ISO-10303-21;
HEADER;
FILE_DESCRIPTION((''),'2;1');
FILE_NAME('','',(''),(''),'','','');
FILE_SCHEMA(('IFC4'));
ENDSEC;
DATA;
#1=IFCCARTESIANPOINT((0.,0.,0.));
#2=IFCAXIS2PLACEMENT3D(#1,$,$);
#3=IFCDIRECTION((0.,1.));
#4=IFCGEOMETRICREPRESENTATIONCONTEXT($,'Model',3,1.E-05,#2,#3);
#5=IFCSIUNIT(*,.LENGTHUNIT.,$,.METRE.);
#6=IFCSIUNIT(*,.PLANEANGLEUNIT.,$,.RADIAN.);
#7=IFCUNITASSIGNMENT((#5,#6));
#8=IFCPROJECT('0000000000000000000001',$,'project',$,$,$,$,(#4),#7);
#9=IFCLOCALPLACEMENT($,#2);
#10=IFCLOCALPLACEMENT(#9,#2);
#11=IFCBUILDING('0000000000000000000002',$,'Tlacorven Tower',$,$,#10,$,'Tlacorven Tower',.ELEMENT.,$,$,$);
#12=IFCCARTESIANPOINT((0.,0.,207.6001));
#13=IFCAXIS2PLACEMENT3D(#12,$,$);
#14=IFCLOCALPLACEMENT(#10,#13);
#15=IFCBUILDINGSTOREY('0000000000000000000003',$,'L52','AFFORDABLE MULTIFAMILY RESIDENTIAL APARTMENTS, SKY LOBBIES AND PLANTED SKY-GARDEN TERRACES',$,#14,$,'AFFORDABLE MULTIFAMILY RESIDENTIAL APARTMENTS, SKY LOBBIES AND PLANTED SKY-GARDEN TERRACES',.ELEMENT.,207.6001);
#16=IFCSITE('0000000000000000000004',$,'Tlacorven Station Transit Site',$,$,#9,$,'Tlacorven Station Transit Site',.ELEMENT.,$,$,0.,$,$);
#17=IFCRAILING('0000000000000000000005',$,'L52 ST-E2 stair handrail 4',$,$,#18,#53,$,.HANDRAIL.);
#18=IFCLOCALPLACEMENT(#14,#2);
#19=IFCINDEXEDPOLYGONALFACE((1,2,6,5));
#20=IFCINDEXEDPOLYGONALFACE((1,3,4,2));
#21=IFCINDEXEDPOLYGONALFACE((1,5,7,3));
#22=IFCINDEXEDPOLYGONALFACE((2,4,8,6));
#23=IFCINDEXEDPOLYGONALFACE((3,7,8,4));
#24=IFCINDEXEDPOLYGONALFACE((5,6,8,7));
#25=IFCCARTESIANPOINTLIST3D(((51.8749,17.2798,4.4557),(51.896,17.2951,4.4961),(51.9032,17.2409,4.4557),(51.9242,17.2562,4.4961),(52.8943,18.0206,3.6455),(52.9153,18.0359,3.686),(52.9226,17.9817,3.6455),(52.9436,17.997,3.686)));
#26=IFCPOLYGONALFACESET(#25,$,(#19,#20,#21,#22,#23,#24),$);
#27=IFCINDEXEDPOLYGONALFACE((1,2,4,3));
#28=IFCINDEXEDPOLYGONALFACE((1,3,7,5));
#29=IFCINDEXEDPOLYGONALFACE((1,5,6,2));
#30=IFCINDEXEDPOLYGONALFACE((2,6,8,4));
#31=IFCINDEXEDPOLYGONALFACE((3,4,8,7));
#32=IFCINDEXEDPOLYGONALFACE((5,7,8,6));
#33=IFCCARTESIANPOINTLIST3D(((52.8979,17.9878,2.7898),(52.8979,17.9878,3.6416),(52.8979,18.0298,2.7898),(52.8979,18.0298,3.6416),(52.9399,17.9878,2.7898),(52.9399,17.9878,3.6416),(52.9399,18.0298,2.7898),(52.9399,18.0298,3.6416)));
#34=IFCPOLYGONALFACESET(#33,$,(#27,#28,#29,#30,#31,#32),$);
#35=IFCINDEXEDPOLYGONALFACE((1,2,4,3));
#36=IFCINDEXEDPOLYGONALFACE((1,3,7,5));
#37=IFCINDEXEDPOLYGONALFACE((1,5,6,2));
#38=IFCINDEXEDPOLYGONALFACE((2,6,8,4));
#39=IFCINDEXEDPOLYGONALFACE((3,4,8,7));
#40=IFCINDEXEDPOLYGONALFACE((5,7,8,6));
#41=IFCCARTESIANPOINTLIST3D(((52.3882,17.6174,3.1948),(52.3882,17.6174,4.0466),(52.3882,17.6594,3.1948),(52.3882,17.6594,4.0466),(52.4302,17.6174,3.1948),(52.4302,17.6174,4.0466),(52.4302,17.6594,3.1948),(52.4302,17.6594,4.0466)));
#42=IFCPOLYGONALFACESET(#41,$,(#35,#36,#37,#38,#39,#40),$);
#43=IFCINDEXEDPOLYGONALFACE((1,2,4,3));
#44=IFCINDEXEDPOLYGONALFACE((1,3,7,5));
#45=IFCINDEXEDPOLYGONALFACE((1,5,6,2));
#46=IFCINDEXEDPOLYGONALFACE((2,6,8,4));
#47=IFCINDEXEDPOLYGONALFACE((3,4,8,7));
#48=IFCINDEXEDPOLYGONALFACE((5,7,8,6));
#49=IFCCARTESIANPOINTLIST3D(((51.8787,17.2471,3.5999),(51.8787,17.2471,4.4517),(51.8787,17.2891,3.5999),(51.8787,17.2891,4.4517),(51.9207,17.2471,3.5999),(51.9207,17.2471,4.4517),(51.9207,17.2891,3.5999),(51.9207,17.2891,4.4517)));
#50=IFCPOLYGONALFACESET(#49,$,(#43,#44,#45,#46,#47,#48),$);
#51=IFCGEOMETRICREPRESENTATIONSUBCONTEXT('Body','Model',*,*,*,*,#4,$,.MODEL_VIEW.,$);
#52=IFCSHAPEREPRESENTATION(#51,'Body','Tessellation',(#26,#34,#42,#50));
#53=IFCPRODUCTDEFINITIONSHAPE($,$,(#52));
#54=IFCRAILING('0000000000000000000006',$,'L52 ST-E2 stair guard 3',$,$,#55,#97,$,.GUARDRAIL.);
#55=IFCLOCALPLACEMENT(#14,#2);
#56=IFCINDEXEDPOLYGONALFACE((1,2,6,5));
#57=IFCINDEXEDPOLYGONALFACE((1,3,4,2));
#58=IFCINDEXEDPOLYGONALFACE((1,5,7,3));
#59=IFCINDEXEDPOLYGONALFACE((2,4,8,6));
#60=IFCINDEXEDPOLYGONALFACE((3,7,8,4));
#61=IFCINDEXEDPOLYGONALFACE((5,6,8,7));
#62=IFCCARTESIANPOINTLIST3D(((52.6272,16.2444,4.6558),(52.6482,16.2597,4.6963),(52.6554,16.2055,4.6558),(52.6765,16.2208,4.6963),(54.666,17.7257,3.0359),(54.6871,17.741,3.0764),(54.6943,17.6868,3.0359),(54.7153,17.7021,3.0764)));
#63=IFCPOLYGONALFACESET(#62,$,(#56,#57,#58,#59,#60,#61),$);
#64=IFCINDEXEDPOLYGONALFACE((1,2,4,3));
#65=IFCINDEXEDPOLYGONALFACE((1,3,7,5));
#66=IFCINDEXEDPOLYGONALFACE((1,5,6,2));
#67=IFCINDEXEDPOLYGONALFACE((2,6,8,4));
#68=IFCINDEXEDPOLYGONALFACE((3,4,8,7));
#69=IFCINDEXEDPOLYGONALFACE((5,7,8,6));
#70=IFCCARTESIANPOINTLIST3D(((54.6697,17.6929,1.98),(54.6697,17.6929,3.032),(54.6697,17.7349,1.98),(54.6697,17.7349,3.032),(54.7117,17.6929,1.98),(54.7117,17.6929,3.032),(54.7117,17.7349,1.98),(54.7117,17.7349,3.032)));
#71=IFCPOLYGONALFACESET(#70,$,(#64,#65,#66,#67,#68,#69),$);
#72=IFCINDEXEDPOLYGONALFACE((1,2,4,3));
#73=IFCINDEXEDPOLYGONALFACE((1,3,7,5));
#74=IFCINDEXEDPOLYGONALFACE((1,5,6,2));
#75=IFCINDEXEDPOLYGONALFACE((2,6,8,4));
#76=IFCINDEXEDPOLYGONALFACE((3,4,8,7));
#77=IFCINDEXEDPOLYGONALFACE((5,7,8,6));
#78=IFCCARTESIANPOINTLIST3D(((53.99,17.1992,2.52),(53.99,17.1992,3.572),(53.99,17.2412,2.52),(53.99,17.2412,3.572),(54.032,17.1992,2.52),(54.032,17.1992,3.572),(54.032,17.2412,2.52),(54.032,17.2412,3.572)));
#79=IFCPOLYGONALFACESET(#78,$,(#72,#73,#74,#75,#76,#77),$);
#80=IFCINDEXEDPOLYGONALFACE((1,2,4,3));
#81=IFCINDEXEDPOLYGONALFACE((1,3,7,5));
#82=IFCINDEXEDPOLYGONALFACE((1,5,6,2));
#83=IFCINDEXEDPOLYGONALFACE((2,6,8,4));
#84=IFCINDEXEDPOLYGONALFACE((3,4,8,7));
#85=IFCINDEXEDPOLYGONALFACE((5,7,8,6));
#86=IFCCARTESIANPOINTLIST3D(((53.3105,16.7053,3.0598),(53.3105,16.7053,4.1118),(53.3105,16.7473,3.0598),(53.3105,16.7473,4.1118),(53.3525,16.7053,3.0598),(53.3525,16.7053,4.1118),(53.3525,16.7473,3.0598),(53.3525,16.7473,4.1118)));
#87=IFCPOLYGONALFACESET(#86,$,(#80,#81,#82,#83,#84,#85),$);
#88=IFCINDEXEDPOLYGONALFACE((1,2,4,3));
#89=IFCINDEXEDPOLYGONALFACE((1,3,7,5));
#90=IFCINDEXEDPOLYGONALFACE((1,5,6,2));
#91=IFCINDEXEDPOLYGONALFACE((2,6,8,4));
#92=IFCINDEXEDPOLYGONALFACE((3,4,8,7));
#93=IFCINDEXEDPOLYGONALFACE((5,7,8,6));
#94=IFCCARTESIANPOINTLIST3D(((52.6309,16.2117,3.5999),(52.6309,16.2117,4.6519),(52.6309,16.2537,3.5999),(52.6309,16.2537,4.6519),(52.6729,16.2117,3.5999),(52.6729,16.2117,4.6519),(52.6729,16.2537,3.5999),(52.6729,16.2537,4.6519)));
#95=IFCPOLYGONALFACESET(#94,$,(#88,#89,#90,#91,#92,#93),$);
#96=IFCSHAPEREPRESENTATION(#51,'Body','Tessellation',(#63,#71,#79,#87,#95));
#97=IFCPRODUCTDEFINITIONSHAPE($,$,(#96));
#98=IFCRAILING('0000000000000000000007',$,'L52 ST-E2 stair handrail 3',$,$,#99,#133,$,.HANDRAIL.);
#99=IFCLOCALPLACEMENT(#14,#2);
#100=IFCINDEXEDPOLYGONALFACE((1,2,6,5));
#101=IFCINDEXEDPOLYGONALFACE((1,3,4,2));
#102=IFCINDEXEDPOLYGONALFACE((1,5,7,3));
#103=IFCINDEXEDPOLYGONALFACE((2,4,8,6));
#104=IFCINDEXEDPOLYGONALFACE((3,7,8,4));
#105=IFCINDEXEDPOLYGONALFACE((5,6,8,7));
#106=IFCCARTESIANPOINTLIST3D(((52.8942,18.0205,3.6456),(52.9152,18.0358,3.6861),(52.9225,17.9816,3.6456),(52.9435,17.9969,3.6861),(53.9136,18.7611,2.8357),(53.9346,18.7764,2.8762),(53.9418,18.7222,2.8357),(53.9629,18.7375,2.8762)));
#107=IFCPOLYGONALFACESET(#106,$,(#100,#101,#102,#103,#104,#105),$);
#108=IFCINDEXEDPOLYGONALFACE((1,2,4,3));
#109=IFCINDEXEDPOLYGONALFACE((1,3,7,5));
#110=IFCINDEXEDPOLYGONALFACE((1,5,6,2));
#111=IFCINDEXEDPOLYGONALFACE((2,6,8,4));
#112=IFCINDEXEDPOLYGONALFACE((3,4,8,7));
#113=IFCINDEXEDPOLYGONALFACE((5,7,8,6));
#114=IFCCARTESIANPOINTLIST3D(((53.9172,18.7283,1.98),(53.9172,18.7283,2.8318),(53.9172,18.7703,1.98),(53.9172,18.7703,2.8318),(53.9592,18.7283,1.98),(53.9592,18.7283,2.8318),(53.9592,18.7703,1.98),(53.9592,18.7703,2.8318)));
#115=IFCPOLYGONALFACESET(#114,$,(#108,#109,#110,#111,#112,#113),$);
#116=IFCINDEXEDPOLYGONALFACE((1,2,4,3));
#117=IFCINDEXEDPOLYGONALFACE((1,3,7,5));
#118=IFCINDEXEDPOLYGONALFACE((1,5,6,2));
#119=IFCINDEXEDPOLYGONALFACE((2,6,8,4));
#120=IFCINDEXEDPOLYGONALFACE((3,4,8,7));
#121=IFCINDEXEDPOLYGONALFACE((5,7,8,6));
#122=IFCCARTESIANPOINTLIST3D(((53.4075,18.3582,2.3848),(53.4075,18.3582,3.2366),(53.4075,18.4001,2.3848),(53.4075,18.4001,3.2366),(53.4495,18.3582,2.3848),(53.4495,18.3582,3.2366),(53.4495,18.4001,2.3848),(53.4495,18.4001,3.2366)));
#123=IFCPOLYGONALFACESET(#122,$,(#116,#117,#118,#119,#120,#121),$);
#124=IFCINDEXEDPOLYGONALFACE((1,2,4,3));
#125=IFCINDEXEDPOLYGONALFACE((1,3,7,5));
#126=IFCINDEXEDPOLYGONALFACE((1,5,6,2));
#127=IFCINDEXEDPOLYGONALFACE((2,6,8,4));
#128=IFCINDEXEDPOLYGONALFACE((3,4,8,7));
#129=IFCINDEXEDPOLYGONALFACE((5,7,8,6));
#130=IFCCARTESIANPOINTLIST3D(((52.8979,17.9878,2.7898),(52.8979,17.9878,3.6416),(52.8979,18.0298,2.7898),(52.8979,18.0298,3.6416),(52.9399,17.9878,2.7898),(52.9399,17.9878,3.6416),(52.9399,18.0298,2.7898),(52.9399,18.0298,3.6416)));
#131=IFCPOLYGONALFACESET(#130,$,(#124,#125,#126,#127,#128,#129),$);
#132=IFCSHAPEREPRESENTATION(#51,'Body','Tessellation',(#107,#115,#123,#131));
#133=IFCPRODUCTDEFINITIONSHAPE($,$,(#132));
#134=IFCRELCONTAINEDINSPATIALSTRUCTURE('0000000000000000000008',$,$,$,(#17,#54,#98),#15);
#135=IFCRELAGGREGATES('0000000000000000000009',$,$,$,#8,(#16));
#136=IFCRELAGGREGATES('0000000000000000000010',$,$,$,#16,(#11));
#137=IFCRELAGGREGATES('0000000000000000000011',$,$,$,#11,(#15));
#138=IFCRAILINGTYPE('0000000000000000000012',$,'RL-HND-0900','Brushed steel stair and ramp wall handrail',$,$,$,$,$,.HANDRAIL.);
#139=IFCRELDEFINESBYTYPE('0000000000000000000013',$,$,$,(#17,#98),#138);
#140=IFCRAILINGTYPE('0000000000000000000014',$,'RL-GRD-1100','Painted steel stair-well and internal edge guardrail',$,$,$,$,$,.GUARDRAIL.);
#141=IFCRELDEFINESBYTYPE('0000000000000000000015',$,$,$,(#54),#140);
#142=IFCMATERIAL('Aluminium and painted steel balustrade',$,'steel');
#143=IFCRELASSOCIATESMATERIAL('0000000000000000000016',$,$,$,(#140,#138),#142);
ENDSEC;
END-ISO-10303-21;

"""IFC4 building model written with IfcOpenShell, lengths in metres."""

from ifc_helpers import new_model, si_unit, direction, frame, origin, origin_2d, place, context, subcontext, project, spatial, rectangle, extrude, source, transform, mapped, material, type_object, element, save


model = new_model("IFC4")

# Units and contexts
model_context = context("Model", 3, precision=1e-05, world=origin(), true_north=direction((0.0, 1.0)))
body_context = subcontext(model_context, "Body", "Model", "MODEL_VIEW")
ifc_project = project(units=[si_unit("LENGTHUNIT", "METRE"), si_unit("PLANEANGLEUNIT", "RADIAN")], contexts=[model_context])

# Site, building, storey
site_placement = place(None, origin())
site = spatial("IfcSite", under=ifc_project, at=site_placement, Name="Tlacorven Station Transit Site", LongName="Tlacorven Station Transit Site", CompositionType="ELEMENT", RefElevation=0.0)
building_placement = place(site_placement, origin())
building = spatial("IfcBuilding", under=site, at=building_placement, Name="Tlacorven Tower", LongName="Tlacorven Tower", CompositionType="ELEMENT")
storey_placement = place(building_placement, frame((0.0, 0.0, 207.6001)))
storey = spatial("IfcBuildingStorey", under=building, at=storey_placement, Name="L52", Description="AFFORDABLE MULTIFAMILY RESIDENTIAL APARTMENTS, SKY LOBBIES AND PLANTED SKY-GARDEN TERRACES", LongName="AFFORDABLE MULTIFAMILY RESIDENTIAL APARTMENTS, SKY LOBBIES AND PLANTED SKY-GARDEN TERRACES", CompositionType="ELEMENT", Elevation=207.6001)

# Railings
ifc_material_1 = material(Name="Aluminium and painted steel balustrade", Category="steel")
railing_type_1 = type_object("IfcRailingType", Name="RL-GRD-1100", Description="Painted steel stair-well and internal edge guardrail", PredefinedType="GUARDRAIL", material=ifc_material_1)
railing_type_2 = type_object("IfcRailingType", Name="RL-HND-0900", Description="Brushed steel stair and ramp wall handrail", PredefinedType="HANDRAIL", material=ifc_material_1)
shared_shape_1 = source(origin(), body_context, "Body", "SweptSolid", [
    extrude(rectangle(XDim=0.0481, YDim=0.0481, at=origin_2d()), frame((0.0, 0.0, 0.876), z_axis=(-0.680461, -0.494496, 0.540783), x_axis=(0.587872, -0.808954, 0.0)), (0.0, 0.0, 1.0), 1.498),
    extrude(rectangle(XDim=0.042, YDim=0.042, at=origin_2d()), origin(), (0.0, 0.0, 1.0), 0.8518),
    extrude(rectangle(XDim=0.042, YDim=0.042, at=origin_2d()), frame((-0.5098, -0.3704, 0.405)), (0.0, 0.0, 1.0), 0.8518),
    extrude(rectangle(XDim=0.042, YDim=0.042, at=origin_2d()), frame((-1.0193, -0.7407, 0.8101)), (0.0, 0.0, 1.0), 0.8518),
])
railing_1_placement = place(storey_placement, frame((52.9189, 18.0088, 2.7898)))
element("IfcRailing", 1, at=railing_1_placement, inside=storey, type_object=railing_type_2, Name="L52 ST-E2 stair handrail 4", PredefinedType="HANDRAIL", context=body_context, shape_type="MappedRepresentation", body=[
    mapped(shared_shape_1, transform((0.0, 0.0, 0.0), scale=1.0)),
])
shared_shape_2 = source(origin(), body_context, "Body", "SweptSolid", [
    extrude(rectangle(XDim=0.0481, YDim=0.0481, at=origin_2d()), frame((0.0, 0.0, 1.0762), z_axis=(-0.680562, -0.494428, 0.540717), x_axis=(0.587763, -0.809033, 0.0)), (0.0, 0.0, 1.0), 2.9958),
    extrude(rectangle(XDim=0.042, YDim=0.042, at=origin_2d()), origin(), (0.0, 0.0, 1.0), 1.052),
    extrude(rectangle(XDim=0.042, YDim=0.042, at=origin_2d()), frame((-0.6797, -0.4937, 0.54)), (0.0, 0.0, 1.0), 1.052),
    extrude(rectangle(XDim=0.042, YDim=0.042, at=origin_2d()), frame((-1.3591, -0.9875, 1.0798)), (0.0, 0.0, 1.0), 1.052),
    extrude(rectangle(XDim=0.042, YDim=0.042, at=origin_2d()), frame((-2.0388, -1.4812, 1.6199)), (0.0, 0.0, 1.0), 1.052),
])
railing_2_placement = place(storey_placement, frame((54.6907, 17.7139, 1.98)))
element("IfcRailing", 2, at=railing_2_placement, inside=storey, type_object=railing_type_1, Name="L52 ST-E2 stair guard 3", PredefinedType="GUARDRAIL", context=body_context, shape_type="MappedRepresentation", body=[
    mapped(shared_shape_2, transform((0.0, 0.0, 0.0), scale=1.0)),
])
shared_shape_3 = source(origin(), body_context, "Body", "SweptSolid", [
    extrude(rectangle(XDim=0.0481, YDim=0.0481, at=origin_2d()), frame((0.0, 0.0, 0.876), z_axis=(-0.680576, -0.494416, 0.540712), x_axis=(0.587745, -0.809046, 0.0)), (0.0, 0.0, 1.0), 1.4978),
    extrude(rectangle(XDim=0.042, YDim=0.042, at=origin_2d()), origin(), (0.0, 0.0, 1.0), 0.8518),
    extrude(rectangle(XDim=0.042, YDim=0.042, at=origin_2d()), frame((-0.5098, -0.3701, 0.4048)), (0.0, 0.0, 1.0), 0.8518),
    extrude(rectangle(XDim=0.042, YDim=0.042, at=origin_2d()), frame((-1.0193, -0.7405, 0.8098)), (0.0, 0.0, 1.0), 0.8518),
])
railing_3_placement = place(storey_placement, frame((53.9382, 18.7493, 1.98)))
element("IfcRailing", 3, at=railing_3_placement, inside=storey, type_object=railing_type_2, Name="L52 ST-E2 stair handrail 3", PredefinedType="HANDRAIL", context=body_context, shape_type="MappedRepresentation", body=[
    mapped(shared_shape_3, transform((0.0, 0.0, 0.0), scale=1.0)),
])

save(model, "model.ifc")
